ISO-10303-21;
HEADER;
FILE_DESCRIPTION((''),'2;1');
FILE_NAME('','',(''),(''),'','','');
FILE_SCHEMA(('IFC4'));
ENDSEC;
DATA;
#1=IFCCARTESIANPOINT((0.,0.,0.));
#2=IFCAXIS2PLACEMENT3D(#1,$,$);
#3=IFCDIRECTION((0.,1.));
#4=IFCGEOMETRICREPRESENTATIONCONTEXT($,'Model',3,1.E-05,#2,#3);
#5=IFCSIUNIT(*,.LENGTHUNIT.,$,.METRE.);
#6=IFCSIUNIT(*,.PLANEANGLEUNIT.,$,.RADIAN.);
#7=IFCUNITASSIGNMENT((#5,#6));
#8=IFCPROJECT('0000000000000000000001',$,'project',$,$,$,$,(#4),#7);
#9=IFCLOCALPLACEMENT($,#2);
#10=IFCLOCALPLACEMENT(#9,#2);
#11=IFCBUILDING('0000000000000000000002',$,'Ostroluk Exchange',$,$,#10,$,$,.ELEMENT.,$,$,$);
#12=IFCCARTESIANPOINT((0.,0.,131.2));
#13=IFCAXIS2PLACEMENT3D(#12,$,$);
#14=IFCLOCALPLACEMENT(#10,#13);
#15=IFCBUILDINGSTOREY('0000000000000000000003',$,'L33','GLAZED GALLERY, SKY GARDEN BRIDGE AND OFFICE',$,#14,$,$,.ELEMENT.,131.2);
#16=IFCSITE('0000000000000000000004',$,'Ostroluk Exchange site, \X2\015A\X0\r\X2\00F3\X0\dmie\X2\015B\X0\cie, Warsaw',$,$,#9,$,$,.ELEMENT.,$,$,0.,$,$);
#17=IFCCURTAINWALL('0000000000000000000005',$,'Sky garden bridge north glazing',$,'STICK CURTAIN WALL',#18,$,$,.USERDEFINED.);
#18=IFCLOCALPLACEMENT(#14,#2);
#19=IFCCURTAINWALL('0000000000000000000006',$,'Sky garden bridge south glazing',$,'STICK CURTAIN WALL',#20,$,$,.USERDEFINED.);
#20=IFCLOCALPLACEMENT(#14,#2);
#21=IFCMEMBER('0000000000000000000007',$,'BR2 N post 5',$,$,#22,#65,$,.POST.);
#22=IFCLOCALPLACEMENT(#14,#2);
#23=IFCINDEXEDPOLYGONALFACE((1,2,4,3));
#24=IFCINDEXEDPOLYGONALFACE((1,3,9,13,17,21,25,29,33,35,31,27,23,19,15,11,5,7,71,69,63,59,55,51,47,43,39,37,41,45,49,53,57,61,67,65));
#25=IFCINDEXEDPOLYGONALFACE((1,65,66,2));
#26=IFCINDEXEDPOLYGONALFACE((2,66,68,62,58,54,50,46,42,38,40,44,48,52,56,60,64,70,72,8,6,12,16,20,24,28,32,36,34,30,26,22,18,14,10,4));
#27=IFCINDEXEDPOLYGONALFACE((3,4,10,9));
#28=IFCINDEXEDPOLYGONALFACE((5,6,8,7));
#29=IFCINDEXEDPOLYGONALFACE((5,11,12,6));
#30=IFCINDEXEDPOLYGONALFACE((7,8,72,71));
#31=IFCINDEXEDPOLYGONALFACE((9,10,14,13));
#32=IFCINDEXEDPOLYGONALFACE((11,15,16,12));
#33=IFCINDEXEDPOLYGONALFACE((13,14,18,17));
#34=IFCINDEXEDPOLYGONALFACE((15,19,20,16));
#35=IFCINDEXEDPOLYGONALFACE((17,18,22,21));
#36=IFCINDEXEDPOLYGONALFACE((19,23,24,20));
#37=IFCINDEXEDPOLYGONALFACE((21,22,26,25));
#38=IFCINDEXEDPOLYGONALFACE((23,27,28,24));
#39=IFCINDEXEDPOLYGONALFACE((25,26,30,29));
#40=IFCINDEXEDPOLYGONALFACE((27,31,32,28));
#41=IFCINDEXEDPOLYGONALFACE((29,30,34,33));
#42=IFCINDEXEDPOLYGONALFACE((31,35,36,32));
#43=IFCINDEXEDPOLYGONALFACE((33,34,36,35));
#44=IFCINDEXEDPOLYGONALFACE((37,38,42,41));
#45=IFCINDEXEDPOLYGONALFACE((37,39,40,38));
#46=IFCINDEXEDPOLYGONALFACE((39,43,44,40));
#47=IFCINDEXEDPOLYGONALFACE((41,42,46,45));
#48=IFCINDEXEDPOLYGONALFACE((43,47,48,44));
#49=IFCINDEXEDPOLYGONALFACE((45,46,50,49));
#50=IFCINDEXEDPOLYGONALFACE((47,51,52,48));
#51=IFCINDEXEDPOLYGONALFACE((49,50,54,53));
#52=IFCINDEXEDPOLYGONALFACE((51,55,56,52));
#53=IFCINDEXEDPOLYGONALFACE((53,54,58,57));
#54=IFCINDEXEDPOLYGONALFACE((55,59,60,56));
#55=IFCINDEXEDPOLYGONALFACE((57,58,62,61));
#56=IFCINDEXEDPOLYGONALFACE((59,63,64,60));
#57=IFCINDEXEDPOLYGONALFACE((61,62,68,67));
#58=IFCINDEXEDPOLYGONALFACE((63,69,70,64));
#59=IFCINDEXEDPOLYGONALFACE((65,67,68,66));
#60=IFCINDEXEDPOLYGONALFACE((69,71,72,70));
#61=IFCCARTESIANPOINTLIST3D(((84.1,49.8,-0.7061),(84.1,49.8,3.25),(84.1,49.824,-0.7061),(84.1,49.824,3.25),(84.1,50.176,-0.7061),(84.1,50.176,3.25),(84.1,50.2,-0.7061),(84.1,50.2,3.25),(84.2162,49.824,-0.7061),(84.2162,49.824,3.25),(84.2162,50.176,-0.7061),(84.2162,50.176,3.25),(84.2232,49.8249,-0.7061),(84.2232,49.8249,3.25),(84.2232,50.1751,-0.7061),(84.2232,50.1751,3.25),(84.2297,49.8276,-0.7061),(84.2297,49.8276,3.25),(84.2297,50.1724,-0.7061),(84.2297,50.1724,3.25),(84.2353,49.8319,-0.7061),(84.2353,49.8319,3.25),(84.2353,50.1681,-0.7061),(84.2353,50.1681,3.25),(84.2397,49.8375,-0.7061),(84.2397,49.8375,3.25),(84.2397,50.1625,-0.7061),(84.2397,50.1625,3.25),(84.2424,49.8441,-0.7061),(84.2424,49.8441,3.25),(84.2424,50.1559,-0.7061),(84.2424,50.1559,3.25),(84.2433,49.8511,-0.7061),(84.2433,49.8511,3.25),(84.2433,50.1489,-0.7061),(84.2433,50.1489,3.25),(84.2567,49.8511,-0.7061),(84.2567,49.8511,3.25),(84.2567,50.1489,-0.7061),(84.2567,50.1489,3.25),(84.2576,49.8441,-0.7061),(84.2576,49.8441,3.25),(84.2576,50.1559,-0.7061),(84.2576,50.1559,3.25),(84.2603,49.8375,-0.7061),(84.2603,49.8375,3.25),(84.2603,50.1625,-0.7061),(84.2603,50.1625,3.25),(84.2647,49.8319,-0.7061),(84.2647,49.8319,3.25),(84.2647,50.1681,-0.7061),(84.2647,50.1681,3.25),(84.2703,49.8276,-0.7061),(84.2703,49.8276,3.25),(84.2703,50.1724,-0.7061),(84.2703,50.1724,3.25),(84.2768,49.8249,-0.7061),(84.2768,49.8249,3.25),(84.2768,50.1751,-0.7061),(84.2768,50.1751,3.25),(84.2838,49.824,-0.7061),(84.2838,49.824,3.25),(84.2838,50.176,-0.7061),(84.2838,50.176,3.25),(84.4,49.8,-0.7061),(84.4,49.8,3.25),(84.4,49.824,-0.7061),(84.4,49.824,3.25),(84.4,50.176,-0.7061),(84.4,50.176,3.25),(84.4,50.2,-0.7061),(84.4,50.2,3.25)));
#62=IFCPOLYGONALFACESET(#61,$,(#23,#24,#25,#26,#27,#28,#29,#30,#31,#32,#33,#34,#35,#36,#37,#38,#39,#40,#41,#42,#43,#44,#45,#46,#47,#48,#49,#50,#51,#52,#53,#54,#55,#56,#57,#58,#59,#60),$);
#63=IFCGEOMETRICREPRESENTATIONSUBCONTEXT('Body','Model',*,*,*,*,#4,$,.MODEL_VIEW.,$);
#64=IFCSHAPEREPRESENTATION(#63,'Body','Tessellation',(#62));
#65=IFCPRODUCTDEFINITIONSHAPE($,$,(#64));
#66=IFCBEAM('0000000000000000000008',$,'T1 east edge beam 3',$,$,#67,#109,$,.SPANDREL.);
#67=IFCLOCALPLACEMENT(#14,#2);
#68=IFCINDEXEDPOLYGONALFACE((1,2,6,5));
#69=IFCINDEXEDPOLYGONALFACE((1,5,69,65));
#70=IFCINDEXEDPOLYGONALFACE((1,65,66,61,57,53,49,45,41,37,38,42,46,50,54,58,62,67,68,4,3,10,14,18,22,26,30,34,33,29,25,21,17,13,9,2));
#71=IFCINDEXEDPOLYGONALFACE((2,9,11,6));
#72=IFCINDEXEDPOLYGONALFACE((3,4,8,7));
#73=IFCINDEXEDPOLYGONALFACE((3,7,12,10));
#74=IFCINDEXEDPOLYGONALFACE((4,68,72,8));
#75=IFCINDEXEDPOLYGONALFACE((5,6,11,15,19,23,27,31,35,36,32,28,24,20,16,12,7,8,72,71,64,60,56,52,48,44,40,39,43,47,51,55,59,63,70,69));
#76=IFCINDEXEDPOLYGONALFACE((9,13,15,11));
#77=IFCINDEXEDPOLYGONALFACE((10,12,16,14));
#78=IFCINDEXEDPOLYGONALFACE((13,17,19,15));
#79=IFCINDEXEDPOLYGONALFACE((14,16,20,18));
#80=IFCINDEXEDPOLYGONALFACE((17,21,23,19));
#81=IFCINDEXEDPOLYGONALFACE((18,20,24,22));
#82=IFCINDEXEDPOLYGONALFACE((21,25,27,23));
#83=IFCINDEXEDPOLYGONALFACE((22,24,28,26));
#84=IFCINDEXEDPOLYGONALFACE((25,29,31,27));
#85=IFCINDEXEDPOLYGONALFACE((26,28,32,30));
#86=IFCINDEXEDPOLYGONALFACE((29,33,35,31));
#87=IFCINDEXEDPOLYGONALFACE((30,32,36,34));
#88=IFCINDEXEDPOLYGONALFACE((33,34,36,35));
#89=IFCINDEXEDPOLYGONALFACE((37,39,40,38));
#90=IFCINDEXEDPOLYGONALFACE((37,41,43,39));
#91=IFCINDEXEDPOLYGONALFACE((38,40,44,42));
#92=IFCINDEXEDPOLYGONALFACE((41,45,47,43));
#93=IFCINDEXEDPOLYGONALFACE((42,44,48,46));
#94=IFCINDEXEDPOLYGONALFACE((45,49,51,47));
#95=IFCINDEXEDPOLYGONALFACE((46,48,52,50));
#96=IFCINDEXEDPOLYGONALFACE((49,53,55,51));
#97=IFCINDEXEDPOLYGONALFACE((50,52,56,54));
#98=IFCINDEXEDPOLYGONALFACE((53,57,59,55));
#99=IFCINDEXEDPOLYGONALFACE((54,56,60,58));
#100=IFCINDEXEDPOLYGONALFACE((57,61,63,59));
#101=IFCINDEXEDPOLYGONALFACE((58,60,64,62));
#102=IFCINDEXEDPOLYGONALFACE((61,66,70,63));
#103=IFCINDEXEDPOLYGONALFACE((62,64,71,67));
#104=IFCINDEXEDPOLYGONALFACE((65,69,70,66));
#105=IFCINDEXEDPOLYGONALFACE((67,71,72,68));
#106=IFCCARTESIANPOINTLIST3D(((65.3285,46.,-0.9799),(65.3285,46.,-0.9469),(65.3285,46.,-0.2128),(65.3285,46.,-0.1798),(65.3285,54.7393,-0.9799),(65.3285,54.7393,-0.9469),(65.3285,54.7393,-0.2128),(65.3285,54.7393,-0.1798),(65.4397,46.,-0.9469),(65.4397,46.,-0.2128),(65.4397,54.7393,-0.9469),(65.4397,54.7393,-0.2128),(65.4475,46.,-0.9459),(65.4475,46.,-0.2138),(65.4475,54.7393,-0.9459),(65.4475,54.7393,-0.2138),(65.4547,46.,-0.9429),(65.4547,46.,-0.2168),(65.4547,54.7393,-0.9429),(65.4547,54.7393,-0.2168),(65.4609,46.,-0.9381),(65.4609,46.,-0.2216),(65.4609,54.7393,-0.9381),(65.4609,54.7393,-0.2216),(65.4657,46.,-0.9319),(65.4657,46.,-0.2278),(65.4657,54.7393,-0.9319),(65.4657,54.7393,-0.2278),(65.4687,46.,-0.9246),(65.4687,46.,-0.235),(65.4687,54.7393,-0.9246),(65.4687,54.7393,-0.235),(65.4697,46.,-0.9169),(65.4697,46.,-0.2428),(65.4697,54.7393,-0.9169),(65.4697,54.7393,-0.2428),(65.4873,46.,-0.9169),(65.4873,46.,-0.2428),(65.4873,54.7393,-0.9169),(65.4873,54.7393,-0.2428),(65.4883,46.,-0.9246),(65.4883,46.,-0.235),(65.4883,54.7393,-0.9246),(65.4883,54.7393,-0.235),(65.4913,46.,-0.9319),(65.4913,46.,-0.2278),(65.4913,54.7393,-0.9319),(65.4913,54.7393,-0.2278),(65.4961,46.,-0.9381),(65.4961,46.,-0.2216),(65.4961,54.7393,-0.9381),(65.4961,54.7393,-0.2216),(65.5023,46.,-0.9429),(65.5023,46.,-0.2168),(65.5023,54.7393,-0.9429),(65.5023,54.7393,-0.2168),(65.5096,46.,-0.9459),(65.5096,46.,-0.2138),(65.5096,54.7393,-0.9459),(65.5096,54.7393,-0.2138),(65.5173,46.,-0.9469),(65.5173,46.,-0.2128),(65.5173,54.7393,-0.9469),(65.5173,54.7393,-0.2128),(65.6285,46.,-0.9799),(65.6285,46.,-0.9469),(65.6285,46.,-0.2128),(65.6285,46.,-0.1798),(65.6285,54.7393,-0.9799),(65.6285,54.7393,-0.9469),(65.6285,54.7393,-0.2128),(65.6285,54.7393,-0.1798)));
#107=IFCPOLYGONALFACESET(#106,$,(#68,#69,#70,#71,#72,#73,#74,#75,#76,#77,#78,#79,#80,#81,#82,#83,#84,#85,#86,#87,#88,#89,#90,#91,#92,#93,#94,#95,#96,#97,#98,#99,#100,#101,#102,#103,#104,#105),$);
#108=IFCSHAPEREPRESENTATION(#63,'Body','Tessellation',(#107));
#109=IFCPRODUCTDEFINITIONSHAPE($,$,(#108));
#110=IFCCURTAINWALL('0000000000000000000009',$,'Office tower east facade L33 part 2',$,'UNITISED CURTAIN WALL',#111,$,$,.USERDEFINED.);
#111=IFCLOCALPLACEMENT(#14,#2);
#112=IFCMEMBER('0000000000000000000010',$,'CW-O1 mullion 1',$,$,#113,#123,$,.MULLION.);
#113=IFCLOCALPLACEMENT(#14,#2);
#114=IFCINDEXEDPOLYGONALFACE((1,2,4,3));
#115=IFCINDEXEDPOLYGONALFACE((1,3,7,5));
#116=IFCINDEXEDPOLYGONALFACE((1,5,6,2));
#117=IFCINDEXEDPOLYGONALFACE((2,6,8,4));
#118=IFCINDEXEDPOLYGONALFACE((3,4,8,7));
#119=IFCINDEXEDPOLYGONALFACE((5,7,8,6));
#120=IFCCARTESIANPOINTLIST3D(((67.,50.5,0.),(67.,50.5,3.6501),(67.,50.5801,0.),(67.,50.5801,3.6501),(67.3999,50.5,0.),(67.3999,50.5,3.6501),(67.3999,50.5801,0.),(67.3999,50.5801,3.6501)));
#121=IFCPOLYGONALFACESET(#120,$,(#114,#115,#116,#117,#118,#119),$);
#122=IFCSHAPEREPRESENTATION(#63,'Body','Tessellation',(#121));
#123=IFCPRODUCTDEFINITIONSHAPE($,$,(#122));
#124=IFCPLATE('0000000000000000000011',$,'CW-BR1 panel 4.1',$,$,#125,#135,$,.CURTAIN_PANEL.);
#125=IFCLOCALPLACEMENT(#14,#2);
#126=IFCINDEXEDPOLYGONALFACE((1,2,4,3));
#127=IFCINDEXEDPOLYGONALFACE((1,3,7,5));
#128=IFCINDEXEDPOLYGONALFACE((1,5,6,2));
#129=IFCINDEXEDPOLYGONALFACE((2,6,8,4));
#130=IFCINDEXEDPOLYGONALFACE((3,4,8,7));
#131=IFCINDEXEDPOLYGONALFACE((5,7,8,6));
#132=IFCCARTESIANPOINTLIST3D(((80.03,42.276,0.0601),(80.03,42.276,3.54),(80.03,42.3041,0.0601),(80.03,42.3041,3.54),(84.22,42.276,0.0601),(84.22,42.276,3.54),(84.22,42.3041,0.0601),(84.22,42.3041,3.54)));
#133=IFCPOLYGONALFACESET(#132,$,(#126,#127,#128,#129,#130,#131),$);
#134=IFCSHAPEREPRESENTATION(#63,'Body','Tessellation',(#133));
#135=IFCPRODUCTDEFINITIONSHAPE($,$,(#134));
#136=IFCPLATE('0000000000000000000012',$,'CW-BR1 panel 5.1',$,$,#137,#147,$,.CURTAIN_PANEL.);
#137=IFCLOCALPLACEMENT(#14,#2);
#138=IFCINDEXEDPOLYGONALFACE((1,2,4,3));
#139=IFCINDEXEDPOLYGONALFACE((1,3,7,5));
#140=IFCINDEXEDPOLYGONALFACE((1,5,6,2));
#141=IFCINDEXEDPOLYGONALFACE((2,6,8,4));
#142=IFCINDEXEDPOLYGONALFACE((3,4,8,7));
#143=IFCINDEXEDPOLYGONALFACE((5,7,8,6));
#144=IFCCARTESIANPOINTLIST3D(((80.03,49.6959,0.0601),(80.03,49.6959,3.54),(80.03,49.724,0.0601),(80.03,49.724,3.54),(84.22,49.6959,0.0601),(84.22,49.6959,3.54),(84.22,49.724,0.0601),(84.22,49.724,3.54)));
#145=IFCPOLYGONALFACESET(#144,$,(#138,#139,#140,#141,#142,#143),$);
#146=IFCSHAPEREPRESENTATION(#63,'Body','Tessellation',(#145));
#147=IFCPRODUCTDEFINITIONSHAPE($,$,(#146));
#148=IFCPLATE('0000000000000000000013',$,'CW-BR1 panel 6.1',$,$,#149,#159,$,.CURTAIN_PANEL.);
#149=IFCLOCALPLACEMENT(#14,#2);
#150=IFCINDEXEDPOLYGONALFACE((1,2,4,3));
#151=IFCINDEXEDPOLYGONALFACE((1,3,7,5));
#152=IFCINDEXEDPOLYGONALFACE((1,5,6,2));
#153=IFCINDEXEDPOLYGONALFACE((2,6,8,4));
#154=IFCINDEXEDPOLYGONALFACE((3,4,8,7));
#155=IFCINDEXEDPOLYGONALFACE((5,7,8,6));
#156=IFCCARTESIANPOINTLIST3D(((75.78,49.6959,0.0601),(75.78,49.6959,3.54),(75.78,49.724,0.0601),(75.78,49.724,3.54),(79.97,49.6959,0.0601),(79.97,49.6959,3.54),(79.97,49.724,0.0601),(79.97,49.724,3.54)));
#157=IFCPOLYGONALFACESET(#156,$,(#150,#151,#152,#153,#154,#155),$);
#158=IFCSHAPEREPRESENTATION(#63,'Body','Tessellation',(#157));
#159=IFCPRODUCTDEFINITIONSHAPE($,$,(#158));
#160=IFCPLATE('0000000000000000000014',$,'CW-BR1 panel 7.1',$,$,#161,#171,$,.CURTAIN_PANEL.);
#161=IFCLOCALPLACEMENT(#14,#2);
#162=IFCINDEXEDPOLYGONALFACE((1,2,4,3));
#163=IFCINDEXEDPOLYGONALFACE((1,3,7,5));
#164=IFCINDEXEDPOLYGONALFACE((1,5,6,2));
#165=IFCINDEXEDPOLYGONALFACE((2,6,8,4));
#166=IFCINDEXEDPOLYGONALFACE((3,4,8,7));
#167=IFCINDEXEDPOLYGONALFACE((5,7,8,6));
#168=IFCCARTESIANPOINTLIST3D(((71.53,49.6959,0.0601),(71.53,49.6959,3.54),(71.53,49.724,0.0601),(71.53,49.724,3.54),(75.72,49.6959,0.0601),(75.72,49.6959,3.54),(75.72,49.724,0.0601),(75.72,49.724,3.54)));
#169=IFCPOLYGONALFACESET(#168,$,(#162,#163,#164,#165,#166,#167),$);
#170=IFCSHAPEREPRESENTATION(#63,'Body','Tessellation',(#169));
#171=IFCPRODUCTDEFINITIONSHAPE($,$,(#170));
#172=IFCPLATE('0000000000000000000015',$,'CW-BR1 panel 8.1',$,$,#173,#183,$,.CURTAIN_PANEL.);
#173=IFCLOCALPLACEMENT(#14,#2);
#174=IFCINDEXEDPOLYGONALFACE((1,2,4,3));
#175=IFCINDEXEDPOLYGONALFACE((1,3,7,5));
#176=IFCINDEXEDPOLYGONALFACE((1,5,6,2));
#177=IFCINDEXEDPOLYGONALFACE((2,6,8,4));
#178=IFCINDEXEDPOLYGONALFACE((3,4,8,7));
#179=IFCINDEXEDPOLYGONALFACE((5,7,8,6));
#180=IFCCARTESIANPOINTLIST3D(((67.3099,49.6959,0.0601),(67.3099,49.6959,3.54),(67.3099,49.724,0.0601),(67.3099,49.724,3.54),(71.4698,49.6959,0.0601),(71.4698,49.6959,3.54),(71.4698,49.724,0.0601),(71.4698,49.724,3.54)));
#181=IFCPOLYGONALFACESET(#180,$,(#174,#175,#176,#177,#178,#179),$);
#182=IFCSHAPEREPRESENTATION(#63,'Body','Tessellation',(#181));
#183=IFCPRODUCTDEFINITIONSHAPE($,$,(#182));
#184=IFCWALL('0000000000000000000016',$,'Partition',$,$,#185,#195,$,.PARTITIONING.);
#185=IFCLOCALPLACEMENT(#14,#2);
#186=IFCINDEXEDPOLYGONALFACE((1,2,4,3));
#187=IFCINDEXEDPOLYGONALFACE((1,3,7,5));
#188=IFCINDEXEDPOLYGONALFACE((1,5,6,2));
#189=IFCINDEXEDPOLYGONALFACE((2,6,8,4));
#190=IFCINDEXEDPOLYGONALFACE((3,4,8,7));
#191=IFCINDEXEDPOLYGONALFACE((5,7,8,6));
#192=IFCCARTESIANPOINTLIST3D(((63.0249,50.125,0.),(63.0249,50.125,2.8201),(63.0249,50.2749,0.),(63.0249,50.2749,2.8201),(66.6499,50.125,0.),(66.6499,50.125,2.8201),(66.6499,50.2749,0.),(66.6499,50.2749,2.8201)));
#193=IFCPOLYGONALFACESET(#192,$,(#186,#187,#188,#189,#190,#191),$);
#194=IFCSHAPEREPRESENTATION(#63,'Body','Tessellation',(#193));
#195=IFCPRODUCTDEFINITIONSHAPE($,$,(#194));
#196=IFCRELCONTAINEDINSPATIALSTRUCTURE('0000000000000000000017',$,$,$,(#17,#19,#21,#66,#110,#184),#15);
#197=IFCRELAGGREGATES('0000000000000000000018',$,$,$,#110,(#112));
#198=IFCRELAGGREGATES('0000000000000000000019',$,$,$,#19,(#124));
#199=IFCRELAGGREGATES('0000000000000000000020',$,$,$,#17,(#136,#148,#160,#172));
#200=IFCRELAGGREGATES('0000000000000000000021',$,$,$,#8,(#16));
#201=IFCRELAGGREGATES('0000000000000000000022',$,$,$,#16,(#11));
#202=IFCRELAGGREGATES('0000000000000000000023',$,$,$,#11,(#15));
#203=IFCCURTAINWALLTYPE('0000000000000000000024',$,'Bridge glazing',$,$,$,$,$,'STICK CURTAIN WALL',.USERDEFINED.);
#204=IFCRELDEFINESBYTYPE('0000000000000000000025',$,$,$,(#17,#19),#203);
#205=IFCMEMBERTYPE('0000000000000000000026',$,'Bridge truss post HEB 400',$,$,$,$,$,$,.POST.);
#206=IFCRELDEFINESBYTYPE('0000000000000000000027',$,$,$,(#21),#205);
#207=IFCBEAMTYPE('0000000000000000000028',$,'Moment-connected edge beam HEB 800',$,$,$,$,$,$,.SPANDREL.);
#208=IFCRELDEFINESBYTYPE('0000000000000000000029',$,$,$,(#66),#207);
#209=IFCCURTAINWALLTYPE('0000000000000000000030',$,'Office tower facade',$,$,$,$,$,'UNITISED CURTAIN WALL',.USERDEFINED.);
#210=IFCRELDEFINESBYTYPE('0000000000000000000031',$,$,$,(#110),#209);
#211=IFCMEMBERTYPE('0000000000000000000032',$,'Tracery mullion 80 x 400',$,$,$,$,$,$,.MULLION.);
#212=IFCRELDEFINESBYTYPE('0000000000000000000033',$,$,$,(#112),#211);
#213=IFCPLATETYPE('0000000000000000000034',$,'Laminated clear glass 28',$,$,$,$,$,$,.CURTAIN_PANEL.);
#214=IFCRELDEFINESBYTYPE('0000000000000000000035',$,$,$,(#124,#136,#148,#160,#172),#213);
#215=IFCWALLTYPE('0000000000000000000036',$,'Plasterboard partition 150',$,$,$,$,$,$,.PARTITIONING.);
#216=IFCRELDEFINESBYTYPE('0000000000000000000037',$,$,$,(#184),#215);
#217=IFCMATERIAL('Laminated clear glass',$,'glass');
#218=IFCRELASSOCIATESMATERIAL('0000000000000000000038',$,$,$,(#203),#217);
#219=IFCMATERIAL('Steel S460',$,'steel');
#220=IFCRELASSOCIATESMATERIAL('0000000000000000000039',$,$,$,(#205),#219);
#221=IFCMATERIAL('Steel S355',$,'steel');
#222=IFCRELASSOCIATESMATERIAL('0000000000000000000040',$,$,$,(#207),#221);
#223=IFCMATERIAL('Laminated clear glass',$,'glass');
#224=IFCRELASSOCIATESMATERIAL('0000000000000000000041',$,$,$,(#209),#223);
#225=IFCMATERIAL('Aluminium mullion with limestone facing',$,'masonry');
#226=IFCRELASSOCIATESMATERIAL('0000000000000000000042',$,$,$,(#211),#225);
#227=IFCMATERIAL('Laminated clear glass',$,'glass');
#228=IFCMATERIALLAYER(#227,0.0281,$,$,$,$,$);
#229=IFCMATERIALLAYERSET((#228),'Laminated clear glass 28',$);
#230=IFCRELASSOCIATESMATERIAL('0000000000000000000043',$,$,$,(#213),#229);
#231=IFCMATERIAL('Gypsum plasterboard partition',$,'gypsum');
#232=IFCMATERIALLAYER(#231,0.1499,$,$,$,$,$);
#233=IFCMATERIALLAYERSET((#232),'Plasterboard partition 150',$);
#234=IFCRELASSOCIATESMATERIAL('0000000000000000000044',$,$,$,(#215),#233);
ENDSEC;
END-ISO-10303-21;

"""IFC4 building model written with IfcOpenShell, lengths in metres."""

from ifc_helpers import new_model, si_unit, direction, frame, frame_2d, origin, origin_2d, place, context, subcontext, project, spatial, rectangle, i_section, extrude, material, layer, layer_set, material_profile, profile_set, type_object, element, aggregate, save


model = new_model("IFC4")

# Units and contexts
model_context = context("Model", 3, precision=1e-05, world=origin(), true_north=direction((0.0, 1.0)))
body_context = subcontext(model_context, "Body", "Model", "MODEL_VIEW")
ifc_project = project(units=[si_unit("LENGTHUNIT", "METRE"), si_unit("PLANEANGLEUNIT", "RADIAN")], contexts=[model_context])

# Site, building, storey
site_placement = place(None, origin())
site = spatial("IfcSite", under=ifc_project, at=site_placement, Name="Ostroluk Exchange site, Śródmieście, Warsaw", CompositionType="ELEMENT", RefElevation=0.0)
building_placement = place(site_placement, origin())
building = spatial("IfcBuilding", under=site, at=building_placement, Name="Ostroluk Exchange", CompositionType="ELEMENT")
storey_placement = place(building_placement, frame((0.0, 0.0, 131.2)))
storey = spatial("IfcBuildingStorey", under=building, at=storey_placement, Name="L33", Description="GLAZED GALLERY, SKY GARDEN BRIDGE AND OFFICE", CompositionType="ELEMENT", Elevation=131.2)

# Curtain wall
ifc_material_1 = material(Name="Laminated clear glass", Category="glass")
curtain_wall_type_1 = type_object("IfcCurtainWallType", Name="Bridge glazing", ElementType="STICK CURTAIN WALL", PredefinedType="USERDEFINED", material=ifc_material_1)
curtain_wall_1_placement = place(storey_placement, origin())
curtain_wall_1 = element("IfcCurtainWall", 1, at=curtain_wall_1_placement, inside=storey, type_object=curtain_wall_type_1, Name="Sky garden bridge north glazing", ObjectType="STICK CURTAIN WALL", PredefinedType="USERDEFINED")

# Curtain wall
curtain_wall_2_placement = place(storey_placement, origin())
curtain_wall_2 = element("IfcCurtainWall", 2, at=curtain_wall_2_placement, inside=storey, type_object=curtain_wall_type_1, Name="Sky garden bridge south glazing", ObjectType="STICK CURTAIN WALL", PredefinedType="USERDEFINED")

# Member
ifc_material_2 = material(Name="Steel S460", Category="steel")
ifc_material_profile_1 = material_profile(ifc_material_2, i_section(OverallWidth=0.3, OverallDepth=0.3999, WebThickness=0.0134, FlangeThickness=0.0239, FilletRadius=0.0271, at=origin_2d()), Name="HEB 400")
ifc_profile_set_1 = profile_set([ifc_material_profile_1], Name="Steel S460")
member_type_1 = type_object("IfcMemberType", Name="Bridge truss post HEB 400", PredefinedType="POST", material=ifc_profile_set_1)
for number, where, z_axis, x_axis, name in (
    (3, (84.25, 50.0, -0.7061), (0.0, 0.0, 1.0), (1.0, 0.0, 0.0), "BR2 N post 5"),
):
    element("IfcMember", number, at=place(storey_placement, frame(where, z_axis=z_axis, x_axis=x_axis)), inside=storey, type_object=member_type_1, Name=name, PredefinedType="POST", context=body_context, shape_type="SweptSolid", body=[
        extrude(i_section(OverallWidth=0.3, OverallDepth=0.3999, WebThickness=0.0134, FlangeThickness=0.0239, FilletRadius=0.0271, at=origin_2d()), origin(), (0.0, 0.0, 1.0), 3.9561),
    ])

# Beam
ifc_material_3 = material(Name="Steel S355", Category="steel")
ifc_material_profile_2 = material_profile(ifc_material_3, i_section(OverallWidth=0.3, OverallDepth=0.8, WebThickness=0.0176, FlangeThickness=0.033, FilletRadius=0.03, at=origin_2d()), Name="HEB 800")
ifc_profile_set_2 = profile_set([ifc_material_profile_2], Name="Steel S355")
beam_type = type_object("IfcBeamType", Name="Moment-connected edge beam HEB 800", PredefinedType="SPANDREL", material=ifc_profile_set_2)
beam_placement = place(storey_placement, frame((65.4785, 46.0, -0.5798), z_axis=(0.0, 1.0, 0.0), x_axis=(-1.0, 0.0, 0.0)))
element("IfcBeam", 4, at=beam_placement, inside=storey, type_object=beam_type, Name="T1 east edge beam 3", PredefinedType="SPANDREL", context=body_context, shape_type="SweptSolid", body=[
    extrude(i_section(OverallWidth=0.3, OverallDepth=0.8, WebThickness=0.0176, FlangeThickness=0.033, FilletRadius=0.03, at=origin_2d()), origin(), (0.0, 0.0, 1.0), 8.7393),
])

# Curtain wall, member
ifc_material_4 = material(Name="Laminated clear glass", Category="glass")
curtain_wall_type_2 = type_object("IfcCurtainWallType", Name="Office tower facade", ElementType="UNITISED CURTAIN WALL", PredefinedType="USERDEFINED", material=ifc_material_4)
curtain_wall_3_placement = place(storey_placement, origin())
curtain_wall_3 = element("IfcCurtainWall", 5, at=curtain_wall_3_placement, inside=storey, type_object=curtain_wall_type_2, Name="Office tower east facade L33 part 2", ObjectType="UNITISED CURTAIN WALL", PredefinedType="USERDEFINED")
ifc_material_5 = material(Name="Aluminium mullion with limestone facing", Category="masonry")
ifc_material_profile_3 = material_profile(ifc_material_5, rectangle(XDim=0.3999, YDim=0.0801, at=origin_2d()), Name="Tracery mullion 80 x 400")
ifc_profile_set_3 = profile_set([ifc_material_profile_3], Name="Aluminium mullion with limestone facing")
member_type_2 = type_object("IfcMemberType", Name="Tracery mullion 80 x 400", PredefinedType="MULLION", material=ifc_profile_set_3)
member_1_placement = place(storey_placement, frame((67.2, 50.54, 0.0), z_axis=(0.0, 0.0, 1.0), x_axis=(-1.0, 0.0, 0.0)))
member_1 = element("IfcMember", 6, at=member_1_placement, type_object=member_type_2, Name="CW-O1 mullion 1", PredefinedType="MULLION", context=body_context, shape_type="SweptSolid", body=[
    extrude(rectangle(XDim=0.3999, YDim=0.0801, at=origin_2d()), origin(), (0.0, 0.0, 1.0), 3.6501),
])
aggregate(curtain_wall_3, [member_1])

# Plates
ifc_material_6 = material(Name="Laminated clear glass", Category="glass")
ifc_layer_1 = layer(ifc_material_6, 0.0281)
ifc_layer_set_1 = layer_set([ifc_layer_1], Name="Laminated clear glass 28")
plate_type = type_object("IfcPlateType", Name="Laminated clear glass 28", PredefinedType="CURTAIN_PANEL", material=ifc_layer_set_1)
plate_1_placement = place(storey_placement, frame((82.125, 42.29, 0.0601), z_axis=(0.0, 0.0, 1.0), x_axis=(1.0, 0.0, 0.0)))
plate_1 = element("IfcPlate", 7, at=plate_1_placement, type_object=plate_type, Name="CW-BR1 panel 4.1", PredefinedType="CURTAIN_PANEL", context=body_context, shape_type="SweptSolid", body=[
    extrude(rectangle(XDim=4.1899, YDim=0.0281, at=origin_2d()), origin(), (0.0, 0.0, 1.0), 3.48),
])
aggregate(curtain_wall_2, [plate_1])
plate_2_placement = place(storey_placement, frame((82.125, 49.71, 0.0601), z_axis=(0.0, 0.0, 1.0), x_axis=(-1.0, 0.0, 0.0)))
plate_2 = element("IfcPlate", 8, at=plate_2_placement, type_object=plate_type, Name="CW-BR1 panel 5.1", PredefinedType="CURTAIN_PANEL", context=body_context, shape_type="SweptSolid", body=[
    extrude(rectangle(XDim=4.1899, YDim=0.0281, at=origin_2d()), origin(), (0.0, 0.0, 1.0), 3.48),
])
plate_3_placement = place(storey_placement, frame((77.875, 49.71, 0.0601), z_axis=(0.0, 0.0, 1.0), x_axis=(-1.0, 0.0, 0.0)))
plate_3 = element("IfcPlate", 9, at=plate_3_placement, type_object=plate_type, Name="CW-BR1 panel 6.1", PredefinedType="CURTAIN_PANEL", context=body_context, shape_type="SweptSolid", body=[
    extrude(rectangle(XDim=4.1899, YDim=0.0281, at=origin_2d()), origin(), (0.0, 0.0, 1.0), 3.48),
])
plate_4_placement = place(storey_placement, frame((73.625, 49.71, 0.0601), z_axis=(0.0, 0.0, 1.0), x_axis=(-1.0, 0.0, 0.0)))
plate_4 = element("IfcPlate", 10, at=plate_4_placement, type_object=plate_type, Name="CW-BR1 panel 7.1", PredefinedType="CURTAIN_PANEL", context=body_context, shape_type="SweptSolid", body=[
    extrude(rectangle(XDim=4.1899, YDim=0.0281, at=origin_2d()), origin(), (0.0, 0.0, 1.0), 3.48),
])
plate_5_placement = place(storey_placement, frame((69.3899, 49.71, 0.0601), z_axis=(0.0, 0.0, 1.0), x_axis=(-1.0, 0.0, 0.0)))
plate_5 = element("IfcPlate", 11, at=plate_5_placement, type_object=plate_type, Name="CW-BR1 panel 8.1", PredefinedType="CURTAIN_PANEL", context=body_context, shape_type="SweptSolid", body=[
    extrude(rectangle(XDim=4.1599, YDim=0.0281, at=origin_2d()), origin(), (0.0, 0.0, 1.0), 3.48),
])
aggregate(curtain_wall_1, [plate_2, plate_3, plate_4, plate_5])

# Wall
ifc_material_7 = material(Name="Gypsum plasterboard partition", Category="gypsum")
ifc_layer_2 = layer(ifc_material_7, 0.1499)
ifc_layer_set_2 = layer_set([ifc_layer_2], Name="Plasterboard partition 150")
wall_type = type_object("IfcWallType", Name="Plasterboard partition 150", PredefinedType="PARTITIONING", material=ifc_layer_set_2)
wall_placement = place(storey_placement, frame((63.0249, 50.2, 0.0), z_axis=(0.0, 0.0, 1.0), x_axis=(1.0, 0.0, 0.0)))
element("IfcWall", 12, at=wall_placement, inside=storey, type_object=wall_type, Name="Partition", PredefinedType="PARTITIONING", context=body_context, shape_type="SweptSolid", body=[
    extrude(rectangle(XDim=3.625, YDim=0.1499, at=frame_2d((1.8125, 0.0))), origin(), (0.0, 0.0, 1.0), 2.8201),
])

save(model, "model.ifc")
